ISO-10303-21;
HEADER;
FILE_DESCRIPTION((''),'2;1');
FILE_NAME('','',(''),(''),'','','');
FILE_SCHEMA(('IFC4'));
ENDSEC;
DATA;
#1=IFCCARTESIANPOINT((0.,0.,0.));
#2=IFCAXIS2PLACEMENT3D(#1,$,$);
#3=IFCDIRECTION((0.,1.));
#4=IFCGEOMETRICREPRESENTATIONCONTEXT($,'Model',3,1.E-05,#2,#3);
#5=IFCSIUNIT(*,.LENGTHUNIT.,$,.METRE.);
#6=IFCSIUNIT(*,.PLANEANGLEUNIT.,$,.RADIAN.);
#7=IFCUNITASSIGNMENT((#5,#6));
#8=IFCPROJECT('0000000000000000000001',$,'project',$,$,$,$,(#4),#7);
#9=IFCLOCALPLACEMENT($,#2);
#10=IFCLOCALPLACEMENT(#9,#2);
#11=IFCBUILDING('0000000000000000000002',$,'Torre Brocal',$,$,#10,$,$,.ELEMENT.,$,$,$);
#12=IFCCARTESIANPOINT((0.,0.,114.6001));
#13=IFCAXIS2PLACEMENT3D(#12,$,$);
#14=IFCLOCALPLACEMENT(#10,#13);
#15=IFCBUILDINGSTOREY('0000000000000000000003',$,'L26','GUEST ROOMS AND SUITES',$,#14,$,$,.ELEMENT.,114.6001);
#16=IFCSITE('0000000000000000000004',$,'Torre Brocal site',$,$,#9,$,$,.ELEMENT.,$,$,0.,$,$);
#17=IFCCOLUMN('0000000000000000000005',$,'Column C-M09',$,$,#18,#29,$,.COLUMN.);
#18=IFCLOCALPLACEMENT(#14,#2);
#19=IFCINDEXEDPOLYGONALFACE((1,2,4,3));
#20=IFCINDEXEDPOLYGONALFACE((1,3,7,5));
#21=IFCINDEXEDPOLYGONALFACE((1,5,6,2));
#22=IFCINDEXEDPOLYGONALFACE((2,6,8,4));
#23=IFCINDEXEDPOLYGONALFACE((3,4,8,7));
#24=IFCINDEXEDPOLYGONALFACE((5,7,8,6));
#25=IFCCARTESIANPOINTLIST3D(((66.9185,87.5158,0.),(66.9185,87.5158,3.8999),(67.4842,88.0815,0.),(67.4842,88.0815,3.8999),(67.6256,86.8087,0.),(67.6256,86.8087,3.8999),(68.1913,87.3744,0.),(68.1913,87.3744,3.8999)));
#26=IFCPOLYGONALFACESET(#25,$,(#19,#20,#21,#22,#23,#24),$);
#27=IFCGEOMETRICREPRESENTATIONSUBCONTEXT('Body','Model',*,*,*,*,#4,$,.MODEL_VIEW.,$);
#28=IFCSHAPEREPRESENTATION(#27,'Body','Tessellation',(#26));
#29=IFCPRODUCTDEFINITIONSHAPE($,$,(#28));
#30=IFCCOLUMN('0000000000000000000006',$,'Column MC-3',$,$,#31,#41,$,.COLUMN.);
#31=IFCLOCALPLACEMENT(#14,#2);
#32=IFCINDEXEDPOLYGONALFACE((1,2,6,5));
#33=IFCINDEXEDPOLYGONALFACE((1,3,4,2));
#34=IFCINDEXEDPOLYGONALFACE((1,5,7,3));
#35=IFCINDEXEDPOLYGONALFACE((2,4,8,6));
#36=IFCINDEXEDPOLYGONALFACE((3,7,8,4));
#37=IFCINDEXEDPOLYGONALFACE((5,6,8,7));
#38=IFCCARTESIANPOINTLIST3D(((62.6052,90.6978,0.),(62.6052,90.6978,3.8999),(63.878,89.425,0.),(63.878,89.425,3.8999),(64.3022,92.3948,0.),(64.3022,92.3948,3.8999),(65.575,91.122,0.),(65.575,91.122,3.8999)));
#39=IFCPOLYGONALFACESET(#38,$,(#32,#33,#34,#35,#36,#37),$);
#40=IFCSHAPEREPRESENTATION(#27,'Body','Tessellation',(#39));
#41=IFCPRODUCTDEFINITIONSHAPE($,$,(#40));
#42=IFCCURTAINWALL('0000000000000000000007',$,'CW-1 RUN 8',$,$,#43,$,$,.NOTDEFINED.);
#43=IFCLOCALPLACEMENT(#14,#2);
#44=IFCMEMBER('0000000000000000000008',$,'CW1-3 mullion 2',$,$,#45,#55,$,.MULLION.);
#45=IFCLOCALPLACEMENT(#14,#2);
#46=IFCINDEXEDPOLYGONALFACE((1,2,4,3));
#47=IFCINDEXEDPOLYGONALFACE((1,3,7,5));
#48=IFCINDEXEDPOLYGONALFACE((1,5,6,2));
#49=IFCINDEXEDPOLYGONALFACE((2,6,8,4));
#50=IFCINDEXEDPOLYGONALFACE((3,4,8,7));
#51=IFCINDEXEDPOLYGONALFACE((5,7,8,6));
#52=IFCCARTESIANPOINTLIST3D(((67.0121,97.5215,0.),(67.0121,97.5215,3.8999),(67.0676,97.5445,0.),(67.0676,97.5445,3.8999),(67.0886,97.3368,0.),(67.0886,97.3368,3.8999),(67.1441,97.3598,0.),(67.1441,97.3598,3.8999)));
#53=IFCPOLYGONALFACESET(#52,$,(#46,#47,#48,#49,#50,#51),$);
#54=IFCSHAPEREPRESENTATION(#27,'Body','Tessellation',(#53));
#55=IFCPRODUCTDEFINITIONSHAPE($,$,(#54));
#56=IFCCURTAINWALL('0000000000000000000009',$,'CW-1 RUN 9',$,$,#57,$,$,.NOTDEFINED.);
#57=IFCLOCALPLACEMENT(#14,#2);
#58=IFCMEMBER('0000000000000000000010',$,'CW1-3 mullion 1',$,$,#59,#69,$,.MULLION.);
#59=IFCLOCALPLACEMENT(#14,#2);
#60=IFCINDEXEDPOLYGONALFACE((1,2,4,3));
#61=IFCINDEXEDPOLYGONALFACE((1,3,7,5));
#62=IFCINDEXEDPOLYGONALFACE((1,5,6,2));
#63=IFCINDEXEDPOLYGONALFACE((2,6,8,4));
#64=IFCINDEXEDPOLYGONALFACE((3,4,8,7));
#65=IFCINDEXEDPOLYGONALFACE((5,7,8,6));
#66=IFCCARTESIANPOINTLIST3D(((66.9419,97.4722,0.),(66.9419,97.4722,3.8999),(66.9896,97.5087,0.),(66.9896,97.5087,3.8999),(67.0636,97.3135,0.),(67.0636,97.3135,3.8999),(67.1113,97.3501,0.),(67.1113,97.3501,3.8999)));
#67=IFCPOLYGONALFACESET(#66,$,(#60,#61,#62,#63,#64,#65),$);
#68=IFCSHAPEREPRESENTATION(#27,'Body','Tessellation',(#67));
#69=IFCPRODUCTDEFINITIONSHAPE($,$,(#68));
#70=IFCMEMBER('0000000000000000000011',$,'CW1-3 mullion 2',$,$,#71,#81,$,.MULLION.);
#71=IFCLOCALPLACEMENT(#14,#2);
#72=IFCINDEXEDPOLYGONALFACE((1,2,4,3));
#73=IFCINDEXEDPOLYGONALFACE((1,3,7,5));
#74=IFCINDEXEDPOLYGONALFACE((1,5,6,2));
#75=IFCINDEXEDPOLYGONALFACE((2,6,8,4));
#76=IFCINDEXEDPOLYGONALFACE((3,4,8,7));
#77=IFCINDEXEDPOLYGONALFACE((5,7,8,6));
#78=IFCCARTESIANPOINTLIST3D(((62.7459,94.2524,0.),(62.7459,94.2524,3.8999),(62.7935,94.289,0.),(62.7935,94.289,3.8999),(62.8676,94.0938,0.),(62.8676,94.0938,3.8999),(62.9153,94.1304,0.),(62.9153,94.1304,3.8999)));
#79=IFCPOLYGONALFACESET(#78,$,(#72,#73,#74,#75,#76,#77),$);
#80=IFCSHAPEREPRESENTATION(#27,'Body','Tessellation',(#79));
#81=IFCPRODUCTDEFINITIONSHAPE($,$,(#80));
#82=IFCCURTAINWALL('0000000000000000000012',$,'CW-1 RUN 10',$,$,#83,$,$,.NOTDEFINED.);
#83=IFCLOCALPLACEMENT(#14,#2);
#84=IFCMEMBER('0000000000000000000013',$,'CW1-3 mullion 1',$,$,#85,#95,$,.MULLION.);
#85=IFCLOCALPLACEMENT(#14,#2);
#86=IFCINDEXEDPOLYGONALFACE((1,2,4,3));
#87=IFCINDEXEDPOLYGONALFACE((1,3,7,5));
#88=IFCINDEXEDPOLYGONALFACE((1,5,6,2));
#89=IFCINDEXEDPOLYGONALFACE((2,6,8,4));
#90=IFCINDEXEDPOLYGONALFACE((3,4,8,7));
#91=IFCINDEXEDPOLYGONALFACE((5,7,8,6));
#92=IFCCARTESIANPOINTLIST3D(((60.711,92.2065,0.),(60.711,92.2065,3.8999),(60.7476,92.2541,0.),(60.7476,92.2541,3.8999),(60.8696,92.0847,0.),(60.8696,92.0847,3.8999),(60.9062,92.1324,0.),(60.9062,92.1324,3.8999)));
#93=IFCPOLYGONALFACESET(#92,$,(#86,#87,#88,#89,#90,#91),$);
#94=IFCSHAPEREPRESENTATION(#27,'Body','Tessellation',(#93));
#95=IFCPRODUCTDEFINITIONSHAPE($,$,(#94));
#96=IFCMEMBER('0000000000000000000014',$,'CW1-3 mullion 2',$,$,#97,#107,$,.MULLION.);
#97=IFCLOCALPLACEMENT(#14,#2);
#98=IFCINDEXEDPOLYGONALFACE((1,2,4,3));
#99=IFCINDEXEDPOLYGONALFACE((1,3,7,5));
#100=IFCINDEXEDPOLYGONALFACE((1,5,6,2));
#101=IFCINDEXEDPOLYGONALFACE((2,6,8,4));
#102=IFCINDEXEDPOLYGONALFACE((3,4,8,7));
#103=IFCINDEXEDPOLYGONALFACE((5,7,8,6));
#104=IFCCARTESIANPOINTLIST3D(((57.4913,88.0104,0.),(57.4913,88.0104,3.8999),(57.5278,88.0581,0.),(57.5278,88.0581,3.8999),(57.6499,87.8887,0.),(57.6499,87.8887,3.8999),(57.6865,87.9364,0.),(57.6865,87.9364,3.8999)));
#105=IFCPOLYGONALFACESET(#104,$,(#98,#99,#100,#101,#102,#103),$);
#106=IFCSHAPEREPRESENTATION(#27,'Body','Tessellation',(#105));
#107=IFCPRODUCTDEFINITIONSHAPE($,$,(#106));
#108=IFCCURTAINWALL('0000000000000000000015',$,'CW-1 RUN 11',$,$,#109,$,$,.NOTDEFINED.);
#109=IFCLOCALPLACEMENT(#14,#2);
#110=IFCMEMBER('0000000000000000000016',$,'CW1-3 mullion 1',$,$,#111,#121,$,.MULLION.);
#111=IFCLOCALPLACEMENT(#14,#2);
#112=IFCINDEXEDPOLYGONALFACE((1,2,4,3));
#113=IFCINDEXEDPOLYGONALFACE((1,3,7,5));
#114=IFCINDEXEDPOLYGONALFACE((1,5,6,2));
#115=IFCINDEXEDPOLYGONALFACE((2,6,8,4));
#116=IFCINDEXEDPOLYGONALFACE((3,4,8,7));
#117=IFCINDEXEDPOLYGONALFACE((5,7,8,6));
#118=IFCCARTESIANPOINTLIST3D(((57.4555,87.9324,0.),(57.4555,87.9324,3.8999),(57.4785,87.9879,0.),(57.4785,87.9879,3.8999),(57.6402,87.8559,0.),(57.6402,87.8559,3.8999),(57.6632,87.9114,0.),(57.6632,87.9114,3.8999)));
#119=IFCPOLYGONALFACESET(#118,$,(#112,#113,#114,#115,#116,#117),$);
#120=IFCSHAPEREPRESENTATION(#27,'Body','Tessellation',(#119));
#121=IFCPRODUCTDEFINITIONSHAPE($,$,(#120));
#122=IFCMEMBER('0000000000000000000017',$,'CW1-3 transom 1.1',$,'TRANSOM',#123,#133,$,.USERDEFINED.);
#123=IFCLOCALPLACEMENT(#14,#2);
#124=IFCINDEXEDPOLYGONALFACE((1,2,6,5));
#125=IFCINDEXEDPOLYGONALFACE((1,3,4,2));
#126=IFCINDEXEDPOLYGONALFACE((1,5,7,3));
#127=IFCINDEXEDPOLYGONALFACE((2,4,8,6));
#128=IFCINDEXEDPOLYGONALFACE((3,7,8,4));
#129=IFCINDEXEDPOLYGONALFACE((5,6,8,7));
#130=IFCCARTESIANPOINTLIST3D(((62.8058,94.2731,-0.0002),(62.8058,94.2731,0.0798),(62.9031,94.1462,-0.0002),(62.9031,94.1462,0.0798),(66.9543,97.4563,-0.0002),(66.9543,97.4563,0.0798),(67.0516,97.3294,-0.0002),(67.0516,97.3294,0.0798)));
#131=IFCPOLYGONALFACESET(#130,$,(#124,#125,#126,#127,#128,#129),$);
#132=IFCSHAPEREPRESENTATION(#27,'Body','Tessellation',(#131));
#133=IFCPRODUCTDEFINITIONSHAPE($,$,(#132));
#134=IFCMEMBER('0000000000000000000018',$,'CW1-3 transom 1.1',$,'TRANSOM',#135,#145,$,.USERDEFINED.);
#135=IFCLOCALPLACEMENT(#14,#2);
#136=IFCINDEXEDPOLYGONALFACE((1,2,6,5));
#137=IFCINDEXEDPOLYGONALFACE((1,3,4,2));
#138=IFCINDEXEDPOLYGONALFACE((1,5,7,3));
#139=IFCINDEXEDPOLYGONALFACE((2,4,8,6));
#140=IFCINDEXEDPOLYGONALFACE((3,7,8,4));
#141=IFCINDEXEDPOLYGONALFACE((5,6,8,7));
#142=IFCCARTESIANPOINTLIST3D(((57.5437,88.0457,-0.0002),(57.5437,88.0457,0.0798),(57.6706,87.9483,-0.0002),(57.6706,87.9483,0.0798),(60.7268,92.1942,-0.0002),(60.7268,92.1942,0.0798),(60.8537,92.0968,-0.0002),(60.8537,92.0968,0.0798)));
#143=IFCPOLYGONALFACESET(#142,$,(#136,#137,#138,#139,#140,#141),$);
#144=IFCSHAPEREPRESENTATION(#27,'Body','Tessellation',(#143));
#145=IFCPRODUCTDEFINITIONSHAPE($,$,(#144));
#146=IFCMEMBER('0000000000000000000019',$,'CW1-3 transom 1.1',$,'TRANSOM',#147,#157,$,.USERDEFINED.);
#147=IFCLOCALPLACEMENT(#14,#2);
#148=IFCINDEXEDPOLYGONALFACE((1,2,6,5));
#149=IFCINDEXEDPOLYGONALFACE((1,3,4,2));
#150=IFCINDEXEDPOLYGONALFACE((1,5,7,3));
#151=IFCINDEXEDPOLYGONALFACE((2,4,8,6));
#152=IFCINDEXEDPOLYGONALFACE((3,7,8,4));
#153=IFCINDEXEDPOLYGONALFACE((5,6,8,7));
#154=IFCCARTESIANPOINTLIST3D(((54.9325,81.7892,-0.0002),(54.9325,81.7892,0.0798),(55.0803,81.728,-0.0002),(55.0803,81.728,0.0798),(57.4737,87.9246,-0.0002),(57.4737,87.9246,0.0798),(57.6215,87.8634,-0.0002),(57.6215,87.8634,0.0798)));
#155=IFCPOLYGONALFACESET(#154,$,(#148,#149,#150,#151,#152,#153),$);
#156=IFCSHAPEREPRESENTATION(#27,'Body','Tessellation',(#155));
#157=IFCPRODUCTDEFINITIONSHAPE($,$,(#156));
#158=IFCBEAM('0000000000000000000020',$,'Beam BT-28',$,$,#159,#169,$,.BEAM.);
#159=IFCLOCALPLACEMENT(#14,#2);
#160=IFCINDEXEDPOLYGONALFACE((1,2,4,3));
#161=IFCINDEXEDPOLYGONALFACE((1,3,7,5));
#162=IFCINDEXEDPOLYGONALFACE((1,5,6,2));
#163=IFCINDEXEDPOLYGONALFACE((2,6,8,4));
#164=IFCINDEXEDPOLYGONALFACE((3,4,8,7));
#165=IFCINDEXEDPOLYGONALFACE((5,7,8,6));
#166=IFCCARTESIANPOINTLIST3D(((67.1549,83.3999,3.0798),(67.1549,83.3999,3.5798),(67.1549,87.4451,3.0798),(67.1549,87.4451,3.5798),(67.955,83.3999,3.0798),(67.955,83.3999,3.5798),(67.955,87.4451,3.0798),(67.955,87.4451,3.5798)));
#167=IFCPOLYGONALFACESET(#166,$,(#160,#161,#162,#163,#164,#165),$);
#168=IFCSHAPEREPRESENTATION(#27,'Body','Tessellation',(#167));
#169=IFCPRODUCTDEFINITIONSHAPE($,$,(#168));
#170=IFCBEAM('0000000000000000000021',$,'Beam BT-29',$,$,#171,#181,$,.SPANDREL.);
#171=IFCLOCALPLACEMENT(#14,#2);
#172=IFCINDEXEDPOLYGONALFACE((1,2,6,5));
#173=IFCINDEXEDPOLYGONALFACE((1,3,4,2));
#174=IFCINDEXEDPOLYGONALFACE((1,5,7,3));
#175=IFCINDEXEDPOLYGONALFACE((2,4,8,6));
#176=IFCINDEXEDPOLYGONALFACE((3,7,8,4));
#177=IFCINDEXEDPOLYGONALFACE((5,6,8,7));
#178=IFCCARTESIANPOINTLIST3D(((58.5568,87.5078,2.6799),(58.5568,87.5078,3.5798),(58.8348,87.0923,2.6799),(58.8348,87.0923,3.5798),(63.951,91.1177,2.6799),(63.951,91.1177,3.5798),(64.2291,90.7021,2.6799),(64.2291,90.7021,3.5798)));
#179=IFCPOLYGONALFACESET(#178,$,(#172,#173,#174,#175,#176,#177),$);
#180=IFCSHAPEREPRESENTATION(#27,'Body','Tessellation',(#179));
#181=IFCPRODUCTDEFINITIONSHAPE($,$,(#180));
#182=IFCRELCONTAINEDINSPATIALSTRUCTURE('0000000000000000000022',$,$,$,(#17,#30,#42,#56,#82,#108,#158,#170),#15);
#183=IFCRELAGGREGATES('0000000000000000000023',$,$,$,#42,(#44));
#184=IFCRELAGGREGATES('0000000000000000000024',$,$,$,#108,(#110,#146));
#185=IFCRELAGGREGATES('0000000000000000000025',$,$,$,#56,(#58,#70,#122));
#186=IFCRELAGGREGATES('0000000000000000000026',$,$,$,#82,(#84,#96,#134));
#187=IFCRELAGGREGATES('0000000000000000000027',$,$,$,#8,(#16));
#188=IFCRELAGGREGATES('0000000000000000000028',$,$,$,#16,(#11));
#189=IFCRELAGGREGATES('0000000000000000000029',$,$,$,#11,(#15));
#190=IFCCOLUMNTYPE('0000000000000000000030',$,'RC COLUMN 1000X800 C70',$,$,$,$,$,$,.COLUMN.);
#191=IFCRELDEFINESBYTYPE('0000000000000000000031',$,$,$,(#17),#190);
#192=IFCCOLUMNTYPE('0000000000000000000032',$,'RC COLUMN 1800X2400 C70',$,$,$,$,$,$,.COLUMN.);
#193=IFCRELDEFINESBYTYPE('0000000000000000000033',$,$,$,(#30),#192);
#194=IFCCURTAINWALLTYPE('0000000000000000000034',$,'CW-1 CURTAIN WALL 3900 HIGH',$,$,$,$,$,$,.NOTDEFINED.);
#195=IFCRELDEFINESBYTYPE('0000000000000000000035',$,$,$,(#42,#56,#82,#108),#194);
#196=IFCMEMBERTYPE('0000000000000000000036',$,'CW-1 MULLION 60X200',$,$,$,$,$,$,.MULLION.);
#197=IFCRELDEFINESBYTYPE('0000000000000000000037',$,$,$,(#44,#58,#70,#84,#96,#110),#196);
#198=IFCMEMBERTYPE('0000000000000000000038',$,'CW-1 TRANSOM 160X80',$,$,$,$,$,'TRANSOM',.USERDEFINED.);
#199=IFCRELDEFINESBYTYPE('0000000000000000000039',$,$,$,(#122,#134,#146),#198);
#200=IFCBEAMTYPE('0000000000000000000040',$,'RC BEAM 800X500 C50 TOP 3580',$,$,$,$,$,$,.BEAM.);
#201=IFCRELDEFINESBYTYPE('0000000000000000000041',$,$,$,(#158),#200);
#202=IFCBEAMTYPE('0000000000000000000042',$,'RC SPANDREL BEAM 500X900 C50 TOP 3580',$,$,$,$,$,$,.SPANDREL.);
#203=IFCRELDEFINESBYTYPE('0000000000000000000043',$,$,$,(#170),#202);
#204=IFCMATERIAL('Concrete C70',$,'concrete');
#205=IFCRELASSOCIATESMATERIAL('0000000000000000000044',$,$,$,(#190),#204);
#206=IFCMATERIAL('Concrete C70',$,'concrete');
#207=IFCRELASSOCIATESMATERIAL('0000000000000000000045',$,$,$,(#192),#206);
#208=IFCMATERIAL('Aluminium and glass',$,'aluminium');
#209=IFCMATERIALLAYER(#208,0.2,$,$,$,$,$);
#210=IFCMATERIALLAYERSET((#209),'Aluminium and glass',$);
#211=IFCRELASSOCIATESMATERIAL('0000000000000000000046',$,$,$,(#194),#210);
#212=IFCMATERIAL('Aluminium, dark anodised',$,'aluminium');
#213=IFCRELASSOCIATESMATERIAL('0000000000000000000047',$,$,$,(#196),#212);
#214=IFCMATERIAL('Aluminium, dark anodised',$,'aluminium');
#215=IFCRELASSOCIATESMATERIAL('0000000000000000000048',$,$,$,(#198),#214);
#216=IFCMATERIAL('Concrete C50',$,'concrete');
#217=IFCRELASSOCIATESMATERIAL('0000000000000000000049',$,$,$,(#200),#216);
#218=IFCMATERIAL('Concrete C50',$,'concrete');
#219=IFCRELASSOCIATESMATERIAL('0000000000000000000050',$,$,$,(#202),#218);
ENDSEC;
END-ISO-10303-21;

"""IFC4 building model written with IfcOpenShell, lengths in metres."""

from ifc_helpers import new_model, si_unit, direction, frame, origin, origin_2d, place, context, subcontext, project, spatial, rectangle, extrude, material, layer, layer_set, material_profile, profile_set, type_object, element, aggregate, save


model = new_model("IFC4")

# Units and contexts
model_context = context("Model", 3, precision=1e-05, world=origin(), true_north=direction((0.0, 1.0)))
body_context = subcontext(model_context, "Body", "Model", "MODEL_VIEW")
ifc_project = project(units=[si_unit("LENGTHUNIT", "METRE"), si_unit("PLANEANGLEUNIT", "RADIAN")], contexts=[model_context])

# Site, building, storey
site_placement = place(None, origin())
site = spatial("IfcSite", under=ifc_project, at=site_placement, Name="Torre Brocal site", CompositionType="ELEMENT", RefElevation=0.0)
building_placement = place(site_placement, origin())
building = spatial("IfcBuilding", under=site, at=building_placement, Name="Torre Brocal", CompositionType="ELEMENT")
storey_placement = place(building_placement, frame((0.0, 0.0, 114.6001)))
storey = spatial("IfcBuildingStorey", under=building, at=storey_placement, Name="L26", Description="GUEST ROOMS AND SUITES", CompositionType="ELEMENT", Elevation=114.6001)

# Columns
ifc_material_1 = material(Name="Concrete C70", Category="concrete")
ifc_material_profile_1 = material_profile(ifc_material_1, rectangle(XDim=1.0, YDim=0.8, at=origin_2d()), Name="RC 1000X800")
ifc_profile_set_1 = profile_set([ifc_material_profile_1], Name="Concrete C70")
column_type_1 = type_object("IfcColumnType", Name="RC COLUMN 1000X800 C70", PredefinedType="COLUMN", material=ifc_profile_set_1)
column_1_placement = place(storey_placement, frame((67.5549, 87.4451, 0.0), z_axis=(0.0, 0.0, 1.0), x_axis=(-0.707107, 0.707107, 0.0)))
element("IfcColumn", 1, at=column_1_placement, inside=storey, type_object=column_type_1, Name="Column C-M09", PredefinedType="COLUMN", context=body_context, shape_type="SweptSolid", body=[
    extrude(rectangle(XDim=1.0, YDim=0.8, at=origin_2d()), origin(), (0.0, 0.0, 1.0), 3.8999),
])
ifc_material_2 = material(Name="Concrete C70", Category="concrete")
ifc_material_profile_2 = material_profile(ifc_material_2, rectangle(XDim=1.8, YDim=2.3999, at=origin_2d()), Name="RC 1800X2400")
ifc_profile_set_2 = profile_set([ifc_material_profile_2], Name="Concrete C70")
column_type_2 = type_object("IfcColumnType", Name="RC COLUMN 1800X2400 C70", PredefinedType="COLUMN", material=ifc_profile_set_2)
column_2_placement = place(storey_placement, frame((64.0901, 90.9099, 0.0), z_axis=(0.0, 0.0, 1.0), x_axis=(-0.707107, 0.707107, 0.0)))
element("IfcColumn", 2, at=column_2_placement, inside=storey, type_object=column_type_2, Name="Column MC-3", PredefinedType="COLUMN", context=body_context, shape_type="SweptSolid", body=[
    extrude(rectangle(XDim=1.8, YDim=2.3999, at=origin_2d()), origin(), (0.0, 0.0, 1.0), 3.8999),
])

# Curtain wall, member
ifc_material_3 = material(Name="Aluminium and glass", Category="aluminium")
ifc_layer_1 = layer(ifc_material_3, 0.2)
ifc_layer_set_1 = layer_set([ifc_layer_1], Name="Aluminium and glass")
curtain_wall_type = type_object("IfcCurtainWallType", Name="CW-1 CURTAIN WALL 3900 HIGH", PredefinedType="NOTDEFINED", material=ifc_layer_set_1)
curtain_wall_1_placement = place(storey_placement, origin())
curtain_wall_1 = element("IfcCurtainWall", 3, at=curtain_wall_1_placement, inside=storey, type_object=curtain_wall_type, Name="CW-1 RUN 8", PredefinedType="NOTDEFINED")
ifc_material_4 = material(Name="Aluminium, dark anodised", Category="aluminium")
ifc_material_profile_3 = material_profile(ifc_material_4, rectangle(XDim=0.2, YDim=0.0601, at=origin_2d()), Name="CW-1 MULLION 60X200")
ifc_profile_set_3 = profile_set([ifc_material_profile_3], Name="Aluminium, dark anodised")
member_type_1 = type_object("IfcMemberType", Name="CW-1 MULLION 60X200", PredefinedType="MULLION", material=ifc_profile_set_3)
member_1_placement = place(storey_placement, frame((67.0781, 97.4407, 0.0), z_axis=(0.0, 0.0, 1.0), x_axis=(0.382683, -0.92388, 0.0)))
member_1 = element("IfcMember", 4, at=member_1_placement, type_object=member_type_1, Name="CW1-3 mullion 2", PredefinedType="MULLION", context=body_context, shape_type="SweptSolid", body=[
    extrude(rectangle(XDim=0.2, YDim=0.0601, at=origin_2d()), origin(), (0.0, 0.0, 1.0), 3.8999),
])
aggregate(curtain_wall_1, [member_1])

# Curtain walls, members
curtain_wall_2_placement = place(storey_placement, origin())
curtain_wall_2 = element("IfcCurtainWall", 5, at=curtain_wall_2_placement, inside=storey, type_object=curtain_wall_type, Name="CW-1 RUN 9", PredefinedType="NOTDEFINED")
member_2_placement = place(storey_placement, frame((67.0266, 97.4111, 0.0), z_axis=(0.0, 0.0, 1.0), x_axis=(0.608761, -0.793353, 0.0)))
member_2 = element("IfcMember", 6, at=member_2_placement, type_object=member_type_1, Name="CW1-3 mullion 1", PredefinedType="MULLION", context=body_context, shape_type="SweptSolid", body=[
    extrude(rectangle(XDim=0.2, YDim=0.0601, at=origin_2d()), origin(), (0.0, 0.0, 1.0), 3.8999),
])
member_3_placement = place(storey_placement, frame((62.8306, 94.1914, 0.0), z_axis=(0.0, 0.0, 1.0), x_axis=(0.608761, -0.793353, 0.0)))
member_3 = element("IfcMember", 7, at=member_3_placement, type_object=member_type_1, Name="CW1-3 mullion 2", PredefinedType="MULLION", context=body_context, shape_type="SweptSolid", body=[
    extrude(rectangle(XDim=0.2, YDim=0.0601, at=origin_2d()), origin(), (0.0, 0.0, 1.0), 3.8999),
])
curtain_wall_3_placement = place(storey_placement, origin())
curtain_wall_3 = element("IfcCurtainWall", 8, at=curtain_wall_3_placement, inside=storey, type_object=curtain_wall_type, Name="CW-1 RUN 10", PredefinedType="NOTDEFINED")
member_4_placement = place(storey_placement, frame((60.8086, 92.1694, 0.0), z_axis=(0.0, 0.0, 1.0), x_axis=(0.793353, -0.608761, 0.0)))
member_4 = element("IfcMember", 9, at=member_4_placement, type_object=member_type_1, Name="CW1-3 mullion 1", PredefinedType="MULLION", context=body_context, shape_type="SweptSolid", body=[
    extrude(rectangle(XDim=0.2, YDim=0.0601, at=origin_2d()), origin(), (0.0, 0.0, 1.0), 3.8999),
])
member_5_placement = place(storey_placement, frame((57.5889, 87.9734, 0.0), z_axis=(0.0, 0.0, 1.0), x_axis=(0.793353, -0.608761, 0.0)))
member_5 = element("IfcMember", 10, at=member_5_placement, type_object=member_type_1, Name="CW1-3 mullion 2", PredefinedType="MULLION", context=body_context, shape_type="SweptSolid", body=[
    extrude(rectangle(XDim=0.2, YDim=0.0601, at=origin_2d()), origin(), (0.0, 0.0, 1.0), 3.8999),
])

# Curtain wall, member
curtain_wall_4_placement = place(storey_placement, origin())
curtain_wall_4 = element("IfcCurtainWall", 11, at=curtain_wall_4_placement, inside=storey, type_object=curtain_wall_type, Name="CW-1 RUN 11", PredefinedType="NOTDEFINED")
member_6_placement = place(storey_placement, frame((57.5593, 87.9219, 0.0), z_axis=(0.0, 0.0, 1.0), x_axis=(0.92388, -0.382683, 0.0)))
member_6 = element("IfcMember", 12, at=member_6_placement, type_object=member_type_1, Name="CW1-3 mullion 1", PredefinedType="MULLION", context=body_context, shape_type="SweptSolid", body=[
    extrude(rectangle(XDim=0.2, YDim=0.0601, at=origin_2d()), origin(), (0.0, 0.0, 1.0), 3.8999),
])

# Members
ifc_material_5 = material(Name="Aluminium, dark anodised", Category="aluminium")
ifc_material_profile_4 = material_profile(ifc_material_5, rectangle(XDim=0.1599, YDim=0.0801, at=origin_2d()), Name="CW-1 TRANSOM 160X80")
ifc_profile_set_4 = profile_set([ifc_material_profile_4], Name="Aluminium, dark anodised")
member_type_2 = type_object("IfcMemberType", Name="CW-1 TRANSOM 160X80", ElementType="TRANSOM", PredefinedType="USERDEFINED", material=ifc_profile_set_4)
member_7_placement = place(storey_placement, frame((67.0029, 97.3928, 0.0398), z_axis=(-0.793363, -0.608749, 0.0), x_axis=(0.608749, -0.793363, 0.0)))
member_7 = element("IfcMember", 13, at=member_7_placement, type_object=member_type_2, Name="CW1-3 transom 1.1", ObjectType="TRANSOM", PredefinedType="USERDEFINED", context=body_context, shape_type="SweptSolid", body=[
    extrude(rectangle(XDim=0.1599, YDim=0.0801, at=origin_2d()), origin(), (0.0, 0.0, 1.0), 5.229),
])
member_8_placement = place(storey_placement, frame((60.7903, 92.1455, 0.0398), z_axis=(-0.608749, -0.793363, 0.0), x_axis=(0.793363, -0.608749, 0.0)))
member_8 = element("IfcMember", 14, at=member_8_placement, type_object=member_type_2, Name="CW1-3 transom 1.1", ObjectType="TRANSOM", PredefinedType="USERDEFINED", context=body_context, shape_type="SweptSolid", body=[
    extrude(rectangle(XDim=0.1599, YDim=0.0801, at=origin_2d()), origin(), (0.0, 0.0, 1.0), 5.229),
])
member_9_placement = place(storey_placement, frame((57.5476, 87.894, 0.0398), z_axis=(-0.382665, -0.923887, 0.0), x_axis=(0.923887, -0.382665, 0.0)))
member_9 = element("IfcMember", 15, at=member_9_placement, type_object=member_type_2, Name="CW1-3 transom 1.1", ObjectType="TRANSOM", PredefinedType="USERDEFINED", context=body_context, shape_type="SweptSolid", body=[
    extrude(rectangle(XDim=0.1599, YDim=0.0801, at=origin_2d()), origin(), (0.0, 0.0, 1.0), 6.6409),
])
aggregate(curtain_wall_4, [member_6, member_9])

# Beams
ifc_material_6 = material(Name="Concrete C50", Category="concrete")
ifc_material_profile_5 = material_profile(ifc_material_6, rectangle(XDim=0.8, YDim=0.5, at=origin_2d()), Name="RC 800X500")
ifc_profile_set_5 = profile_set([ifc_material_profile_5], Name="Concrete C50")
beam_type_1 = type_object("IfcBeamType", Name="RC BEAM 800X500 C50 TOP 3580", PredefinedType="BEAM", material=ifc_profile_set_5)
beam_1_placement = place(storey_placement, frame((67.5549, 87.4451, 3.3298), z_axis=(0.0, -1.0, 0.0), x_axis=(1.0, 0.0, 0.0)))
element("IfcBeam", 16, at=beam_1_placement, inside=storey, type_object=beam_type_1, Name="Beam BT-28", PredefinedType="BEAM", context=body_context, shape_type="SweptSolid", body=[
    extrude(rectangle(XDim=0.8, YDim=0.5, at=origin_2d()), origin(), (0.0, 0.0, 1.0), 4.0452),
])
ifc_material_7 = material(Name="Concrete C50", Category="concrete")
ifc_material_profile_6 = material_profile(ifc_material_7, rectangle(XDim=0.5, YDim=0.8999, at=origin_2d()), Name="RC 500X900")
ifc_profile_set_6 = profile_set([ifc_material_profile_6], Name="Concrete C50")
beam_type_2 = type_object("IfcBeamType", Name="RC SPANDREL BEAM 500X900 C50 TOP 3580", PredefinedType="SPANDREL", material=ifc_profile_set_6)
beam_2_placement = place(storey_placement, frame((64.0901, 90.9099, 3.1299), z_axis=(-0.831077, -0.556158, 0.0), x_axis=(0.556158, -0.831077, 0.0)))
element("IfcBeam", 17, at=beam_2_placement, inside=storey, type_object=beam_type_2, Name="Beam BT-29", PredefinedType="SPANDREL", context=body_context, shape_type="SweptSolid", body=[
    extrude(rectangle(XDim=0.5, YDim=0.8999, at=origin_2d()), origin(), (0.0, 0.0, 1.0), 6.4907),
])

aggregate(curtain_wall_2, [member_2, member_3, member_7])
aggregate(curtain_wall_3, [member_4, member_5, member_8])

save(model, "model.ifc")
